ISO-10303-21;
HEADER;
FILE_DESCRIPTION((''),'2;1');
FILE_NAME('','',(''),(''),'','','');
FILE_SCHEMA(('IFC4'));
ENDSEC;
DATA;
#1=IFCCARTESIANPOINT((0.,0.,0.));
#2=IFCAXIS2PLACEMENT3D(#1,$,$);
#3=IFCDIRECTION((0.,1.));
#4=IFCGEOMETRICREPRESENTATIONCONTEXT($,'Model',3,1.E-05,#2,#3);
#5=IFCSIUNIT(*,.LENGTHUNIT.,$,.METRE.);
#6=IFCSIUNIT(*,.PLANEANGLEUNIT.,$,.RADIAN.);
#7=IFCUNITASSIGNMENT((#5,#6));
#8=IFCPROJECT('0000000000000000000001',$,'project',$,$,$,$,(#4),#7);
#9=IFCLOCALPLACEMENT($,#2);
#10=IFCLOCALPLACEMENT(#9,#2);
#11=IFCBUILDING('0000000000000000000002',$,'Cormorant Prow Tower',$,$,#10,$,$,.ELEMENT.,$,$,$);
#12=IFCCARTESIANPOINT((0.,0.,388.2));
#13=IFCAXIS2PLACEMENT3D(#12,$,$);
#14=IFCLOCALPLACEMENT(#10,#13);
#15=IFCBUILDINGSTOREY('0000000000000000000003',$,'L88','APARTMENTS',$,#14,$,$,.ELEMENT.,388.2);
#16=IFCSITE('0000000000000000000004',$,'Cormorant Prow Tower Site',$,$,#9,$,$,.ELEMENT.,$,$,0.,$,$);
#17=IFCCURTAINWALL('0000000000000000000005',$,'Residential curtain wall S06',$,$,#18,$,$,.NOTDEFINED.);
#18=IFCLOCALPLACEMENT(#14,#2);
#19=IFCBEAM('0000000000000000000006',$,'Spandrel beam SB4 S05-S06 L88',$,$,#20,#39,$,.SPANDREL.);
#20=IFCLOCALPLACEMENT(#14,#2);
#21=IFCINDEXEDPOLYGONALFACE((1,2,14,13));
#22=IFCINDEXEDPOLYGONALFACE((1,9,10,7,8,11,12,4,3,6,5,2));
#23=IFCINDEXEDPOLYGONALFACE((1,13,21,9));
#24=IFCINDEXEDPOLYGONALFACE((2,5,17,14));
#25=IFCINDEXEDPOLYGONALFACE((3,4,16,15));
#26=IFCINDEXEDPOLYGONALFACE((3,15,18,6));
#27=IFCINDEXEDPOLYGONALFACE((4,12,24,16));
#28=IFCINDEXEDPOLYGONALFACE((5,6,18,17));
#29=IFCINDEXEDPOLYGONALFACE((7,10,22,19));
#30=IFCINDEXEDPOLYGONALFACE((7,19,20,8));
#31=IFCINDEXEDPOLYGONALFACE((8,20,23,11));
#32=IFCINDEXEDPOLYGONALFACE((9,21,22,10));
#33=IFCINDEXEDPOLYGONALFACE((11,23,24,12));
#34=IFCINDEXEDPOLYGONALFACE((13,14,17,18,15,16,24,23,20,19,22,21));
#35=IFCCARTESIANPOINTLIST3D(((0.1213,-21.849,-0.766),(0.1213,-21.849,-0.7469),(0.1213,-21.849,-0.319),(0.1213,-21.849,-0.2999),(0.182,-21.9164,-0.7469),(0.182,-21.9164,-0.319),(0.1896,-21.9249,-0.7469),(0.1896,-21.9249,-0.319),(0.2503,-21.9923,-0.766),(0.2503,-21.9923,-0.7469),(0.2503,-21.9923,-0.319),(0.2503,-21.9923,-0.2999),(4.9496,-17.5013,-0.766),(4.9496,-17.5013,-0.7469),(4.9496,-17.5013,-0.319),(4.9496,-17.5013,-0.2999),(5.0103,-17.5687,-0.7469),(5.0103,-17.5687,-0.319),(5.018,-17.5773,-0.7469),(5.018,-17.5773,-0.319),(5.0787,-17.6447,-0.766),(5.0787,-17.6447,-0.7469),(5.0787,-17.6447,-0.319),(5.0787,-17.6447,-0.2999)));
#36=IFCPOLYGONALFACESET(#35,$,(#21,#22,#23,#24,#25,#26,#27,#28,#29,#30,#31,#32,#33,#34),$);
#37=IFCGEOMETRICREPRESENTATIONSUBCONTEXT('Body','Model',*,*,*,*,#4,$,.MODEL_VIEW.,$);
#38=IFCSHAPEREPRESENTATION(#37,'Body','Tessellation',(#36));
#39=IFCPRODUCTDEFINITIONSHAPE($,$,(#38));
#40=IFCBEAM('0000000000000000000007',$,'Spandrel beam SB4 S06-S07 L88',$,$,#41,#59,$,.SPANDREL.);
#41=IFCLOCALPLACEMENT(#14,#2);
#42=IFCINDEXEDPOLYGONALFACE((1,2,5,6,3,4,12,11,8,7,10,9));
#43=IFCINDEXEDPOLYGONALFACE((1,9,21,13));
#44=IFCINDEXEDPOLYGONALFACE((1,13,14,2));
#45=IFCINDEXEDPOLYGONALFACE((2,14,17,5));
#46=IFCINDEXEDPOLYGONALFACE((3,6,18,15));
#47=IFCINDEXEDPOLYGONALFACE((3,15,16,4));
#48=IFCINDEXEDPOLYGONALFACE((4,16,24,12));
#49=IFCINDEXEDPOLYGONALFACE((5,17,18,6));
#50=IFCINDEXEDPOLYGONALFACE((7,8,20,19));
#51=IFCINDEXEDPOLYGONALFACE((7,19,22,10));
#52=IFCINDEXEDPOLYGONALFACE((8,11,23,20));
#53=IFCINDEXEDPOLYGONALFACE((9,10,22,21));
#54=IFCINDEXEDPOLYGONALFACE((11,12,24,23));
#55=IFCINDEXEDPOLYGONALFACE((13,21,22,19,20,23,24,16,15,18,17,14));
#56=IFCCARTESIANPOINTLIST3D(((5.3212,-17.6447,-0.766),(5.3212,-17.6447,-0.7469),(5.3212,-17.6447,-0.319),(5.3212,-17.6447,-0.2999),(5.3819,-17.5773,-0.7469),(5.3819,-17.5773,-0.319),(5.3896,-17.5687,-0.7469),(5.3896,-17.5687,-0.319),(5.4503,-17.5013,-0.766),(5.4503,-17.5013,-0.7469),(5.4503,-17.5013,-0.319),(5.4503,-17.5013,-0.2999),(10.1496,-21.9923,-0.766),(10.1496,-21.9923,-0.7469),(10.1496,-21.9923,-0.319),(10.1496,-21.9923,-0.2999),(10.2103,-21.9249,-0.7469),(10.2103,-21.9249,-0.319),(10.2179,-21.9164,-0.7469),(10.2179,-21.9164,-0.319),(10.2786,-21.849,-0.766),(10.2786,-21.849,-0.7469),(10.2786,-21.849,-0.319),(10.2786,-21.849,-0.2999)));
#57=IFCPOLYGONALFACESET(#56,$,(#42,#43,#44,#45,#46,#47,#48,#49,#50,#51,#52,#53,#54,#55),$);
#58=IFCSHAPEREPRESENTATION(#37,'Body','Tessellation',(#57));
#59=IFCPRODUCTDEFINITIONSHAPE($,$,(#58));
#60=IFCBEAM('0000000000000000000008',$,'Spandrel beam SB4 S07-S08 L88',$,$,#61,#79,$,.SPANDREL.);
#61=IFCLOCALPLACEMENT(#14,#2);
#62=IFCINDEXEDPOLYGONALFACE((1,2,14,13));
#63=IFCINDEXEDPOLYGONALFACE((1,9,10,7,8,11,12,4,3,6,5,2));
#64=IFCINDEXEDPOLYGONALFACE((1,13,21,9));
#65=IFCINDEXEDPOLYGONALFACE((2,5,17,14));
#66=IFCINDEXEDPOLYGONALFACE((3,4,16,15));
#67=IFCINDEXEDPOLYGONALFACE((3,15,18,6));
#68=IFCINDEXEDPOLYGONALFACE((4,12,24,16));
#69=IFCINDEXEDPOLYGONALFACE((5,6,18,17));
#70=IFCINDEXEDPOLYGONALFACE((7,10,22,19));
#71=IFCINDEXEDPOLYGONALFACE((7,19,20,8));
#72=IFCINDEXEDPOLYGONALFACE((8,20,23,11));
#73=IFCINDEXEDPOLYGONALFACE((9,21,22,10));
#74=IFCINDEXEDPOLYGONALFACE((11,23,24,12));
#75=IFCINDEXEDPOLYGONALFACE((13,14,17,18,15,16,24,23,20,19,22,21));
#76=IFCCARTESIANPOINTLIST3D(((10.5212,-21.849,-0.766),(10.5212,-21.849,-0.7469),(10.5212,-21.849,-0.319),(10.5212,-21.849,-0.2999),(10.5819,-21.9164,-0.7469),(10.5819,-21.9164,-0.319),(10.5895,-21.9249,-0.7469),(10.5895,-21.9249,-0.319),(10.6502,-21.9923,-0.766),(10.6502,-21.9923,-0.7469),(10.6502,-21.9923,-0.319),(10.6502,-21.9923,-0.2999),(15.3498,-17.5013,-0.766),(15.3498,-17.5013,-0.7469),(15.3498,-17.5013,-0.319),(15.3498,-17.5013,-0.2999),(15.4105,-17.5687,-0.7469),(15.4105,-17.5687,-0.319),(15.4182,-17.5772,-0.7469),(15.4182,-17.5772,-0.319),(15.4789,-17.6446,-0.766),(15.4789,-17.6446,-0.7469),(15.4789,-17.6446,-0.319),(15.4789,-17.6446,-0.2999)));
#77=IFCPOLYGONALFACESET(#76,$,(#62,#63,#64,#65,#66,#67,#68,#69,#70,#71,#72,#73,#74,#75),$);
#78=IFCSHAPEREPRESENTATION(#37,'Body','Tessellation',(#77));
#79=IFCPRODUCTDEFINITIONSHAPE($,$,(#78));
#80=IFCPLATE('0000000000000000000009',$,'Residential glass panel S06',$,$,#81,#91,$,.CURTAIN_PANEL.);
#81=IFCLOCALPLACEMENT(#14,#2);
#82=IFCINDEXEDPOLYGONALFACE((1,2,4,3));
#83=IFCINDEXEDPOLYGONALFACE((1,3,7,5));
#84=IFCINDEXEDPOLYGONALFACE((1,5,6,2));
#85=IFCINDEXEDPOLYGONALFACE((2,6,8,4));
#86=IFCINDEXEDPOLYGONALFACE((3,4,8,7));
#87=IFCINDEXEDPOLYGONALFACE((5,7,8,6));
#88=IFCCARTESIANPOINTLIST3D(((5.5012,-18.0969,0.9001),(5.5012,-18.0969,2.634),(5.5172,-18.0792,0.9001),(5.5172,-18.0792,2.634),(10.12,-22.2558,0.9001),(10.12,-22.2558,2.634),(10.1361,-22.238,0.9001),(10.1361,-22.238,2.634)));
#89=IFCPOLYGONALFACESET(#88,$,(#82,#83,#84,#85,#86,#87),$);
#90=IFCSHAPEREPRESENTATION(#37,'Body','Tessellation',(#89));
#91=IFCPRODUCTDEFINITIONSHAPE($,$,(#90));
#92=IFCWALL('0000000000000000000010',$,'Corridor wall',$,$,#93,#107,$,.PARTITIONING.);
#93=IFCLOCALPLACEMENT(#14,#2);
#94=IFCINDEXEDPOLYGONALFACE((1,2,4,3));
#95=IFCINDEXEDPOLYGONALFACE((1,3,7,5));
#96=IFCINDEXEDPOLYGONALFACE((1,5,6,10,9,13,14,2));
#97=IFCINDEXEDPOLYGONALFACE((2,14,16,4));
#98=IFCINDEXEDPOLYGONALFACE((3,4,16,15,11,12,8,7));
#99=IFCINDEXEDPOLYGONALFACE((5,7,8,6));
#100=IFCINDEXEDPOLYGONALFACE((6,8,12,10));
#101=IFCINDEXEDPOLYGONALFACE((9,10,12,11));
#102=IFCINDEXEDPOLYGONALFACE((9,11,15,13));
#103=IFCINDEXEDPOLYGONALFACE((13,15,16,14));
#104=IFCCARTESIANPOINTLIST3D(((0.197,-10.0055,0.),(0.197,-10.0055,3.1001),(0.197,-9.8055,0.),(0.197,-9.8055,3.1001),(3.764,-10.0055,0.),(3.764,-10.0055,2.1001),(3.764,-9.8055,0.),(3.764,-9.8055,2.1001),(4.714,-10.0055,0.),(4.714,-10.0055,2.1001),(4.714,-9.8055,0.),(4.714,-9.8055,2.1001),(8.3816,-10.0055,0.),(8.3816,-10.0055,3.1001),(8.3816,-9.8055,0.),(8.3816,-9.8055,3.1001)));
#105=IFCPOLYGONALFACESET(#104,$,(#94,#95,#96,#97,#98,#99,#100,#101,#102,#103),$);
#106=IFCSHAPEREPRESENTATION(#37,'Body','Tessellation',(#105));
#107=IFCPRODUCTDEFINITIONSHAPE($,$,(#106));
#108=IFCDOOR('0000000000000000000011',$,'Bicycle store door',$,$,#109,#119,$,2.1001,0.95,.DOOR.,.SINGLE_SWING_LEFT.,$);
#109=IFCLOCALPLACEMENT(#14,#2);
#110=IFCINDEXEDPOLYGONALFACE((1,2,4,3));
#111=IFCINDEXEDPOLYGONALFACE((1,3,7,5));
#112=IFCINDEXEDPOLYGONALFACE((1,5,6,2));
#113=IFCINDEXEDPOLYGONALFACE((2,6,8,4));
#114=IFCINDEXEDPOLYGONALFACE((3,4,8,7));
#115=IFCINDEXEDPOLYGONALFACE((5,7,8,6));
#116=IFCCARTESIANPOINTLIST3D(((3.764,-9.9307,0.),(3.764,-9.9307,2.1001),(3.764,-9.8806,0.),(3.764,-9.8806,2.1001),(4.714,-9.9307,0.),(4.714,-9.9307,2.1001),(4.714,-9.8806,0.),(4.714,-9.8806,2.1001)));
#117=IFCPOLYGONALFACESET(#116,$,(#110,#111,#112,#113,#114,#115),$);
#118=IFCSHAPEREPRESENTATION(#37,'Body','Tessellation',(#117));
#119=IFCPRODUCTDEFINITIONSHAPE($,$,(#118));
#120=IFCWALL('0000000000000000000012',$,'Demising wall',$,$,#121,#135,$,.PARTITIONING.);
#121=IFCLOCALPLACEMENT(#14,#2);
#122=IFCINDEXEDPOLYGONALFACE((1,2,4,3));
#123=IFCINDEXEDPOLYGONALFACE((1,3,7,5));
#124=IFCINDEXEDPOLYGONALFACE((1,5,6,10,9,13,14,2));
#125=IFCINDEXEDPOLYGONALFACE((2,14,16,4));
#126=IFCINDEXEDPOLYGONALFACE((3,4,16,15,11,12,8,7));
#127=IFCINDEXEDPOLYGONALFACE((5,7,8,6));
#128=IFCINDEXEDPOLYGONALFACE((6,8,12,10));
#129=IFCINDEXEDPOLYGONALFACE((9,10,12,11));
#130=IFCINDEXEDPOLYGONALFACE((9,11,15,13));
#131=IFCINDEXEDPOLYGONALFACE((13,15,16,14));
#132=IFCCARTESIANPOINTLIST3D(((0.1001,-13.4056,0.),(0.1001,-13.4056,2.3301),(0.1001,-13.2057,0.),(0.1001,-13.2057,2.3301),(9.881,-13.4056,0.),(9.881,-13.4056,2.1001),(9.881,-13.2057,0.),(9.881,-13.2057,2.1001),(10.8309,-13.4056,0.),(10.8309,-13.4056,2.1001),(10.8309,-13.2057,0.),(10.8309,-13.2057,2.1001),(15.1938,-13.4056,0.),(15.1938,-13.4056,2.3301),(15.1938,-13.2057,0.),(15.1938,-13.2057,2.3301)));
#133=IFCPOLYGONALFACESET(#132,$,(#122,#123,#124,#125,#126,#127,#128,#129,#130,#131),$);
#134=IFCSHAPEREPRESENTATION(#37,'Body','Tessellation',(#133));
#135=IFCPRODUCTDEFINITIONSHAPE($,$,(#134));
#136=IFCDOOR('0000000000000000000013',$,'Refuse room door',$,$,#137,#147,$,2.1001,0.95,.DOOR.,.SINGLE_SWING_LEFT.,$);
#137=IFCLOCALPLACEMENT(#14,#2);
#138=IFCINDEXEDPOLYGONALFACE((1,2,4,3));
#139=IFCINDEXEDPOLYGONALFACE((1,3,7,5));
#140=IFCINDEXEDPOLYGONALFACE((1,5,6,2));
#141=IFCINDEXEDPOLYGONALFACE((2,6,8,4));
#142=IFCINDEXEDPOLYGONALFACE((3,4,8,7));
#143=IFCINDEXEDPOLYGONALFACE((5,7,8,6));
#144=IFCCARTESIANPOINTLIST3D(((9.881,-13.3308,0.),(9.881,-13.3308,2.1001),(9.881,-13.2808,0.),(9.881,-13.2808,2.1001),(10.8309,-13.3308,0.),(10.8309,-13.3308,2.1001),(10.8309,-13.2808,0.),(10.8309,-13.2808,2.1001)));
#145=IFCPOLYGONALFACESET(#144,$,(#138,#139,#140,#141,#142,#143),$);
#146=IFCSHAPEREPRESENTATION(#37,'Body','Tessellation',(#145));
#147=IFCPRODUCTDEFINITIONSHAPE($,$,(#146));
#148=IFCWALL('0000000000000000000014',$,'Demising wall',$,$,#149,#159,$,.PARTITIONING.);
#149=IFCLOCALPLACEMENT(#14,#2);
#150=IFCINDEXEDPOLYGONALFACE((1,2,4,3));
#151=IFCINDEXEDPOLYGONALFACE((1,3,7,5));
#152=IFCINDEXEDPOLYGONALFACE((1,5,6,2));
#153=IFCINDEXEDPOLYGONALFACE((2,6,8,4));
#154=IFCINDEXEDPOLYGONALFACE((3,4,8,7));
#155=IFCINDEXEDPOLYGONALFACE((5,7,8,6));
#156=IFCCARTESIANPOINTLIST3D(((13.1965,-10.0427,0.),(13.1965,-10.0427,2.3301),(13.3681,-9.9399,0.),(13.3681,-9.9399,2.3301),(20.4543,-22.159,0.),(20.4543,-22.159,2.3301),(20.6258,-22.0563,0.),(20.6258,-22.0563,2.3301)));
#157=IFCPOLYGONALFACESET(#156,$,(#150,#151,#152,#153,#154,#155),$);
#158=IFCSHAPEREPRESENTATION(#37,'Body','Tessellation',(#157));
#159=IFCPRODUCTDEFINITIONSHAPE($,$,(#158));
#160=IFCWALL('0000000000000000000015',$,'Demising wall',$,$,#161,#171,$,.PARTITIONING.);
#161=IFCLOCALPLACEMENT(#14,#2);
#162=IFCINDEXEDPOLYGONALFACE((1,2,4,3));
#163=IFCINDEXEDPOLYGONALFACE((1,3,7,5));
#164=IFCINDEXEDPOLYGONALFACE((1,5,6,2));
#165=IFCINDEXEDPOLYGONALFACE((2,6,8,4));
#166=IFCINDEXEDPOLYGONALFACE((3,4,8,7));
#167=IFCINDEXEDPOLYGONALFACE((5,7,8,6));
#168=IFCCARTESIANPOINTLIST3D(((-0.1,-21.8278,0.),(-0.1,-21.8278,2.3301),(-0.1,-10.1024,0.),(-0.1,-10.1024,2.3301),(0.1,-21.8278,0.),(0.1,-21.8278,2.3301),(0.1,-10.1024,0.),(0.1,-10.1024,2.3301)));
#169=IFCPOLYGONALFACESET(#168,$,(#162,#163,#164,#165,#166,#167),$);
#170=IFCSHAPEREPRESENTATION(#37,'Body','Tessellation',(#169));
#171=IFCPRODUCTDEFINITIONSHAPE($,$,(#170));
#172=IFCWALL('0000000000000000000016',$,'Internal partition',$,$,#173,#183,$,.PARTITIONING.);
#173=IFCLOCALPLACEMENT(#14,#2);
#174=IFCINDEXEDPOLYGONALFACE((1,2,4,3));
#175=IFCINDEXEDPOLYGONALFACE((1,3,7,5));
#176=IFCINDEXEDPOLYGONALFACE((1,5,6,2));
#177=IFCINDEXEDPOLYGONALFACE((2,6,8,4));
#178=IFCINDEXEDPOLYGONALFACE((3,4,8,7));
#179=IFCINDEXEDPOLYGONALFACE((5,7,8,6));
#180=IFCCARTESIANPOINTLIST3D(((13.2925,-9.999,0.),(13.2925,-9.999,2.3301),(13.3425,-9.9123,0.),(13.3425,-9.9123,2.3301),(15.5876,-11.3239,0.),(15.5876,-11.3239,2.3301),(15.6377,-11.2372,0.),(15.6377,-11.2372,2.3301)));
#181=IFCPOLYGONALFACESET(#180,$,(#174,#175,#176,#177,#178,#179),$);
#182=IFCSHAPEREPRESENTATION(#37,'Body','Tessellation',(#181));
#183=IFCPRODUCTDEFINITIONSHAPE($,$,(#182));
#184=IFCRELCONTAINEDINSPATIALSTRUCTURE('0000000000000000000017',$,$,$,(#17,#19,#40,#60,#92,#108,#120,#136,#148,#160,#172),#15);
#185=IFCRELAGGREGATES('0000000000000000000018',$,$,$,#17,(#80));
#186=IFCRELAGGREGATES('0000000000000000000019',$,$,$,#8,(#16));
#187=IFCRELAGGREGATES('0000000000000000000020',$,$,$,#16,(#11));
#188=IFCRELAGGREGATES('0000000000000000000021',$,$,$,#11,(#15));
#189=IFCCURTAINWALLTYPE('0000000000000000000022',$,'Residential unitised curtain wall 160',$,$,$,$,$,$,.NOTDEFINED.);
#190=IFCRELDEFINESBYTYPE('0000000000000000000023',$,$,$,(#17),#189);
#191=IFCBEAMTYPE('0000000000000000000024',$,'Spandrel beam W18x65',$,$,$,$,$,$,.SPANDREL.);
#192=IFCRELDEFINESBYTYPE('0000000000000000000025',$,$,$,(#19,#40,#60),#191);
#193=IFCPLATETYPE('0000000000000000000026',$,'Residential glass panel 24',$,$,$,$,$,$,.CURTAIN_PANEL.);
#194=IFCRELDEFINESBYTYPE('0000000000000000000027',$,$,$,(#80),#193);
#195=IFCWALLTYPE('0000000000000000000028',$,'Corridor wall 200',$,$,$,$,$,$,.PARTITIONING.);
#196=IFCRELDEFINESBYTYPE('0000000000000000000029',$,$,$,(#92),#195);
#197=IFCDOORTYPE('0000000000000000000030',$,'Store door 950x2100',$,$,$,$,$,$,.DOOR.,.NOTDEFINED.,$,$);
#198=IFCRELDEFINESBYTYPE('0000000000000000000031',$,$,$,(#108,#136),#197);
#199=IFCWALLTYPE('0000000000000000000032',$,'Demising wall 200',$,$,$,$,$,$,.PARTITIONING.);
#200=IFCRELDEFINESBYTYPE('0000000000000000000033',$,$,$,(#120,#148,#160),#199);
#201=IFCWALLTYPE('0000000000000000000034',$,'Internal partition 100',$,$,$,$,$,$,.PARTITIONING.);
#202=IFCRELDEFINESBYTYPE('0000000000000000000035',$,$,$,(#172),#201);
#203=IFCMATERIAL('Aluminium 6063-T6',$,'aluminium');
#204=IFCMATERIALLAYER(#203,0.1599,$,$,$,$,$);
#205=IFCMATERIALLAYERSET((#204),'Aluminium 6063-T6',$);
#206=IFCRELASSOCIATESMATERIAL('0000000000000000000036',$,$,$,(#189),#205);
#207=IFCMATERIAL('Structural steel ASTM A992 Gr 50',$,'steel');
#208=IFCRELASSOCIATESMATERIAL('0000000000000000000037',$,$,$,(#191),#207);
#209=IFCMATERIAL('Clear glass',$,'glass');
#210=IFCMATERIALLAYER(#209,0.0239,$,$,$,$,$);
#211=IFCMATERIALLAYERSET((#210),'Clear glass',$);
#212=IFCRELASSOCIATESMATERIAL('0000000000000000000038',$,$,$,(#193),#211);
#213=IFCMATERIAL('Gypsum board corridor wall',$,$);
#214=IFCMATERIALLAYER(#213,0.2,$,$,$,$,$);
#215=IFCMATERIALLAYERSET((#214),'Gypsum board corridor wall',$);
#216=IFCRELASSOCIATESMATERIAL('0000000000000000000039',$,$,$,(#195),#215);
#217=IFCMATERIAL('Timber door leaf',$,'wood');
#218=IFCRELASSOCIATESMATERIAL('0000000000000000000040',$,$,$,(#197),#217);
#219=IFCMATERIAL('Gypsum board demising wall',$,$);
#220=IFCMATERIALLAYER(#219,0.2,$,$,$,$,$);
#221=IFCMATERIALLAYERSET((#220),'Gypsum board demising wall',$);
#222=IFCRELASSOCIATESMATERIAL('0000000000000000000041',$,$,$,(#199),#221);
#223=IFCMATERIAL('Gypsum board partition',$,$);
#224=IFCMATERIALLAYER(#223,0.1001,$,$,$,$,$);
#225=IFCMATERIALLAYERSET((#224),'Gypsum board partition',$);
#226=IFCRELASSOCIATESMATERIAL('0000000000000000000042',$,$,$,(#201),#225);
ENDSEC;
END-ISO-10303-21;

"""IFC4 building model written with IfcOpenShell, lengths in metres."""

from ifc_helpers import new_model, si_unit, direction, frame, frame_2d, origin, origin_2d, place, context, subcontext, project, spatial, rectangle, i_section, extrude, material, layer, layer_set, material_profile, profile_set, type_object, element, fill, aggregate, save


model = new_model("IFC4")

# Units and contexts
model_context = context("Model", 3, precision=1e-05, world=origin(), true_north=direction((0.0, 1.0)))
body_context = subcontext(model_context, "Body", "Model", "MODEL_VIEW")
ifc_project = project(units=[si_unit("LENGTHUNIT", "METRE"), si_unit("PLANEANGLEUNIT", "RADIAN")], contexts=[model_context])

# Site, building, storey
site_placement = place(None, origin())
site = spatial("IfcSite", under=ifc_project, at=site_placement, Name="Cormorant Prow Tower Site", CompositionType="ELEMENT", RefElevation=0.0)
building_placement = place(site_placement, origin())
building = spatial("IfcBuilding", under=site, at=building_placement, Name="Cormorant Prow Tower", CompositionType="ELEMENT")
storey_placement = place(building_placement, frame((0.0, 0.0, 388.2)))
storey = spatial("IfcBuildingStorey", under=building, at=storey_placement, Name="L88", Description="APARTMENTS", CompositionType="ELEMENT", Elevation=388.2)

# Curtain wall
ifc_material_1 = material(Name="Aluminium 6063-T6", Category="aluminium")
ifc_layer_1 = layer(ifc_material_1, 0.1599)
ifc_layer_set_1 = layer_set([ifc_layer_1], Name="Aluminium 6063-T6")
curtain_wall_type = type_object("IfcCurtainWallType", Name="Residential unitised curtain wall 160", PredefinedType="NOTDEFINED", material=ifc_layer_set_1)
curtain_wall_placement = place(storey_placement, origin())
curtain_wall = element("IfcCurtainWall", 1, at=curtain_wall_placement, inside=storey, type_object=curtain_wall_type, Name="Residential curtain wall S06", PredefinedType="NOTDEFINED")

# Beams
ifc_material_2 = material(Name="Structural steel ASTM A992 Gr 50", Category="steel")
ifc_material_profile_1 = material_profile(ifc_material_2, i_section(OverallWidth=0.1929, OverallDepth=0.4661, WebThickness=0.0115, FlangeThickness=0.019, at=origin_2d()), Name="W18x65")
ifc_profile_set_1 = profile_set([ifc_material_profile_1], Name="Structural steel ASTM A992 Gr 50")
beam_type_1 = type_object("IfcBeamType", Name="Spandrel beam W18x65", PredefinedType="SPANDREL", material=ifc_profile_set_1)
for number, where, z_axis, x_axis, name in (
    (2, (0.1858, -21.9207, -0.533), (0.743132, 0.669145, 0.0), (-0.669145, 0.743132, 0.0), "Spandrel beam SB4 S05-S06 L88"),
    (3, (5.3857, -17.573, -0.533), (0.743132, -0.669145, 0.0), (0.669145, 0.743132, 0.0), "Spandrel beam SB4 S06-S07 L88"),
):
    element("IfcBeam", number, at=place(storey_placement, frame(where, z_axis=z_axis, x_axis=x_axis)), inside=storey, type_object=beam_type_1, Name=name, PredefinedType="SPANDREL", context=body_context, shape_type="SweptSolid", body=[
        extrude(i_section(OverallWidth=0.1929, OverallDepth=0.4661, WebThickness=0.0115, FlangeThickness=0.019, at=origin_2d()), origin(), (0.0, 0.0, 1.0), 6.4973),
    ])
beam_1_placement = place(storey_placement, frame((10.5857, -21.9207, -0.533), z_axis=(0.743148, 0.669127, 0.0), x_axis=(-0.669127, 0.743148, 0.0)))
element("IfcBeam", 4, at=beam_1_placement, inside=storey, type_object=beam_type_1, Name="Spandrel beam SB4 S07-S08 L88", PredefinedType="SPANDREL", context=body_context, shape_type="SweptSolid", body=[
    extrude(i_section(OverallWidth=0.1929, OverallDepth=0.4661, WebThickness=0.0115, FlangeThickness=0.019, at=origin_2d()), origin(), (0.0, 0.0, 1.0), 6.4976),
])

# Plate
ifc_material_3 = material(Name="Clear glass", Category="glass")
ifc_layer_2 = layer(ifc_material_3, 0.0239)
ifc_layer_set_2 = layer_set([ifc_layer_2], Name="Clear glass")
plate_type = type_object("IfcPlateType", Name="Residential glass panel 24", PredefinedType="CURTAIN_PANEL", material=ifc_layer_set_2)
plate_placement = place(storey_placement, frame((7.8186, -20.1675, 0.9001), z_axis=(0.0, 0.0, 1.0), x_axis=(0.743145, -0.669131, 0.0)))
plate = element("IfcPlate", 5, at=plate_placement, type_object=plate_type, Name="Residential glass panel S06", PredefinedType="CURTAIN_PANEL", context=body_context, shape_type="SweptSolid", body=[
    extrude(rectangle(XDim=6.2153, YDim=0.0239, at=origin_2d()), origin(), (0.0, 0.0, 1.0), 1.7339),
])
aggregate(curtain_wall, [plate])

# Walls, openings, doors
ifc_material_4 = material(Name="Gypsum board corridor wall")
ifc_layer_3 = layer(ifc_material_4, 0.2)
ifc_layer_set_3 = layer_set([ifc_layer_3], Name="Gypsum board corridor wall")
wall_type_1 = type_object("IfcWallType", Name="Corridor wall 200", PredefinedType="PARTITIONING", material=ifc_layer_set_3)
wall_1_placement = place(storey_placement, frame((0.197, -9.9055, 0.0), z_axis=(0.0, 0.0, 1.0), x_axis=(1.0, 0.0, 0.0)))
wall_1 = element("IfcWall", 6, at=wall_1_placement, inside=storey, type_object=wall_type_1, Name="Corridor wall", PredefinedType="PARTITIONING", context=body_context, shape_type="SweptSolid", body=[
    extrude(rectangle(XDim=8.1846, YDim=0.2, at=frame_2d((4.0923, 0.0))), origin(), (0.0, 0.0, 1.0), 3.1001),
])
opening_1_placement = place(wall_1_placement, frame((3.5669, 0.0, 0.0)))
opening_1 = element("IfcOpeningElement", 7, at=opening_1_placement, cuts=wall_1, PredefinedType="OPENING", context=body_context, shape_type="SweptSolid", body=[
    extrude(rectangle(XDim=0.95, YDim=2.1001, at=frame_2d((0.4751, 1.05))), frame((0.0, 0.1099, 0.0), z_axis=(0.0, -1.0, 0.0), x_axis=(1.0, 0.0, 0.0)), (0.0, 0.0, 1.0), 0.22),
])
ifc_material_5 = material(Name="Timber door leaf", Category="wood")
door_type_1 = type_object("IfcDoorType", Name="Store door 950x2100", OperationType="NOTDEFINED", PredefinedType="DOOR", material=ifc_material_5)
door_1_placement = place(opening_1_placement, origin())
door_1 = element("IfcDoor", 8, at=door_1_placement, inside=storey, type_object=door_type_1, Name="Bicycle store door", OperationType="SINGLE_SWING_LEFT", OverallHeight=2.1001, OverallWidth=0.95, PredefinedType="DOOR", context=body_context, shape_type="SweptSolid", body=[
    extrude(rectangle(XDim=0.95, YDim=2.1001, at=frame_2d((0.4751, 1.05))), frame((0.0, 0.0249, 0.0), z_axis=(0.0, -1.0, 0.0), x_axis=(1.0, 0.0, 0.0)), (0.0, 0.0, 1.0), 0.05),
])
fill(opening_1, door_1)
ifc_material_6 = material(Name="Gypsum board demising wall")
ifc_layer_4 = layer(ifc_material_6, 0.2)
ifc_layer_set_4 = layer_set([ifc_layer_4], Name="Gypsum board demising wall")
wall_type_2 = type_object("IfcWallType", Name="Demising wall 200", PredefinedType="PARTITIONING", material=ifc_layer_set_4)
wall_2_placement = place(storey_placement, frame((0.1001, -13.3057, 0.0), z_axis=(0.0, 0.0, 1.0), x_axis=(1.0, 0.0, 0.0)))
wall_2 = element("IfcWall", 9, at=wall_2_placement, inside=storey, type_object=wall_type_2, Name="Demising wall", PredefinedType="PARTITIONING", context=body_context, shape_type="SweptSolid", body=[
    extrude(rectangle(XDim=15.0938, YDim=0.2, at=frame_2d((7.5469, 0.0))), origin(), (0.0, 0.0, 1.0), 2.3301),
])
opening_2_placement = place(wall_2_placement, frame((9.7808, 0.0, 0.0)))
opening_2 = element("IfcOpeningElement", 10, at=opening_2_placement, cuts=wall_2, PredefinedType="OPENING", context=body_context, shape_type="SweptSolid", body=[
    extrude(rectangle(XDim=0.95, YDim=2.1001, at=frame_2d((0.4751, 1.05))), frame((0.0, 0.1099, 0.0), z_axis=(0.0, -1.0, 0.0), x_axis=(1.0, 0.0, 0.0)), (0.0, 0.0, 1.0), 0.22),
])
door_2_placement = place(opening_2_placement, origin())
door_2 = element("IfcDoor", 11, at=door_2_placement, inside=storey, type_object=door_type_1, Name="Refuse room door", OperationType="SINGLE_SWING_LEFT", OverallHeight=2.1001, OverallWidth=0.95, PredefinedType="DOOR", context=body_context, shape_type="SweptSolid", body=[
    extrude(rectangle(XDim=0.95, YDim=2.1001, at=frame_2d((0.4751, 1.05))), frame((0.0, 0.0249, 0.0), z_axis=(0.0, -1.0, 0.0), x_axis=(1.0, 0.0, 0.0)), (0.0, 0.0, 1.0), 0.05),
])
fill(opening_2, door_2)

# Walls
wall_3_placement = place(storey_placement, frame((13.2822, -9.9912, 0.0), z_axis=(0.0, 0.0, 1.0), x_axis=(0.513868, -0.857869, 0.0)))
element("IfcWall", 12, at=wall_3_placement, inside=storey, type_object=wall_type_2, Name="Demising wall", PredefinedType="PARTITIONING", context=body_context, shape_type="SweptSolid", body=[
    extrude(rectangle(XDim=14.1238, YDim=0.2, at=frame_2d((7.062, 0.0))), origin(), (0.0, 0.0, 1.0), 2.3301),
])
wall_4_placement = place(storey_placement, frame((0.0, -21.8279, 0.0), z_axis=(0.0, 0.0, 1.0), x_axis=(0.0, 1.0, 0.0)))
element("IfcWall", 13, at=wall_4_placement, inside=storey, type_object=wall_type_2, Name="Demising wall", PredefinedType="PARTITIONING", context=body_context, shape_type="SweptSolid", body=[
    extrude(rectangle(XDim=11.7253, YDim=0.2, at=frame_2d((5.8628, 0.0))), origin(), (0.0, 0.0, 1.0), 2.3301),
])
ifc_material_7 = material(Name="Gypsum board partition")
ifc_layer_5 = layer(ifc_material_7, 0.1001)
ifc_layer_set_5 = layer_set([ifc_layer_5], Name="Gypsum board partition")
wall_type_3 = type_object("IfcWallType", Name="Internal partition 100", PredefinedType="PARTITIONING", material=ifc_layer_set_5)
wall_5_placement = place(storey_placement, frame((13.3174, -9.9556, 0.0), z_axis=(0.0, 0.0, 1.0), x_axis=(0.866052, -0.499954, 0.0)))
element("IfcWall", 14, at=wall_5_placement, inside=storey, type_object=wall_type_3, Name="Internal partition", PredefinedType="PARTITIONING", context=body_context, shape_type="SweptSolid", body=[
    extrude(rectangle(XDim=2.6501, YDim=0.1001, at=frame_2d((1.3252, 0.0))), origin(), (0.0, 0.0, 1.0), 2.3301),
])

save(model, "model.ifc")
